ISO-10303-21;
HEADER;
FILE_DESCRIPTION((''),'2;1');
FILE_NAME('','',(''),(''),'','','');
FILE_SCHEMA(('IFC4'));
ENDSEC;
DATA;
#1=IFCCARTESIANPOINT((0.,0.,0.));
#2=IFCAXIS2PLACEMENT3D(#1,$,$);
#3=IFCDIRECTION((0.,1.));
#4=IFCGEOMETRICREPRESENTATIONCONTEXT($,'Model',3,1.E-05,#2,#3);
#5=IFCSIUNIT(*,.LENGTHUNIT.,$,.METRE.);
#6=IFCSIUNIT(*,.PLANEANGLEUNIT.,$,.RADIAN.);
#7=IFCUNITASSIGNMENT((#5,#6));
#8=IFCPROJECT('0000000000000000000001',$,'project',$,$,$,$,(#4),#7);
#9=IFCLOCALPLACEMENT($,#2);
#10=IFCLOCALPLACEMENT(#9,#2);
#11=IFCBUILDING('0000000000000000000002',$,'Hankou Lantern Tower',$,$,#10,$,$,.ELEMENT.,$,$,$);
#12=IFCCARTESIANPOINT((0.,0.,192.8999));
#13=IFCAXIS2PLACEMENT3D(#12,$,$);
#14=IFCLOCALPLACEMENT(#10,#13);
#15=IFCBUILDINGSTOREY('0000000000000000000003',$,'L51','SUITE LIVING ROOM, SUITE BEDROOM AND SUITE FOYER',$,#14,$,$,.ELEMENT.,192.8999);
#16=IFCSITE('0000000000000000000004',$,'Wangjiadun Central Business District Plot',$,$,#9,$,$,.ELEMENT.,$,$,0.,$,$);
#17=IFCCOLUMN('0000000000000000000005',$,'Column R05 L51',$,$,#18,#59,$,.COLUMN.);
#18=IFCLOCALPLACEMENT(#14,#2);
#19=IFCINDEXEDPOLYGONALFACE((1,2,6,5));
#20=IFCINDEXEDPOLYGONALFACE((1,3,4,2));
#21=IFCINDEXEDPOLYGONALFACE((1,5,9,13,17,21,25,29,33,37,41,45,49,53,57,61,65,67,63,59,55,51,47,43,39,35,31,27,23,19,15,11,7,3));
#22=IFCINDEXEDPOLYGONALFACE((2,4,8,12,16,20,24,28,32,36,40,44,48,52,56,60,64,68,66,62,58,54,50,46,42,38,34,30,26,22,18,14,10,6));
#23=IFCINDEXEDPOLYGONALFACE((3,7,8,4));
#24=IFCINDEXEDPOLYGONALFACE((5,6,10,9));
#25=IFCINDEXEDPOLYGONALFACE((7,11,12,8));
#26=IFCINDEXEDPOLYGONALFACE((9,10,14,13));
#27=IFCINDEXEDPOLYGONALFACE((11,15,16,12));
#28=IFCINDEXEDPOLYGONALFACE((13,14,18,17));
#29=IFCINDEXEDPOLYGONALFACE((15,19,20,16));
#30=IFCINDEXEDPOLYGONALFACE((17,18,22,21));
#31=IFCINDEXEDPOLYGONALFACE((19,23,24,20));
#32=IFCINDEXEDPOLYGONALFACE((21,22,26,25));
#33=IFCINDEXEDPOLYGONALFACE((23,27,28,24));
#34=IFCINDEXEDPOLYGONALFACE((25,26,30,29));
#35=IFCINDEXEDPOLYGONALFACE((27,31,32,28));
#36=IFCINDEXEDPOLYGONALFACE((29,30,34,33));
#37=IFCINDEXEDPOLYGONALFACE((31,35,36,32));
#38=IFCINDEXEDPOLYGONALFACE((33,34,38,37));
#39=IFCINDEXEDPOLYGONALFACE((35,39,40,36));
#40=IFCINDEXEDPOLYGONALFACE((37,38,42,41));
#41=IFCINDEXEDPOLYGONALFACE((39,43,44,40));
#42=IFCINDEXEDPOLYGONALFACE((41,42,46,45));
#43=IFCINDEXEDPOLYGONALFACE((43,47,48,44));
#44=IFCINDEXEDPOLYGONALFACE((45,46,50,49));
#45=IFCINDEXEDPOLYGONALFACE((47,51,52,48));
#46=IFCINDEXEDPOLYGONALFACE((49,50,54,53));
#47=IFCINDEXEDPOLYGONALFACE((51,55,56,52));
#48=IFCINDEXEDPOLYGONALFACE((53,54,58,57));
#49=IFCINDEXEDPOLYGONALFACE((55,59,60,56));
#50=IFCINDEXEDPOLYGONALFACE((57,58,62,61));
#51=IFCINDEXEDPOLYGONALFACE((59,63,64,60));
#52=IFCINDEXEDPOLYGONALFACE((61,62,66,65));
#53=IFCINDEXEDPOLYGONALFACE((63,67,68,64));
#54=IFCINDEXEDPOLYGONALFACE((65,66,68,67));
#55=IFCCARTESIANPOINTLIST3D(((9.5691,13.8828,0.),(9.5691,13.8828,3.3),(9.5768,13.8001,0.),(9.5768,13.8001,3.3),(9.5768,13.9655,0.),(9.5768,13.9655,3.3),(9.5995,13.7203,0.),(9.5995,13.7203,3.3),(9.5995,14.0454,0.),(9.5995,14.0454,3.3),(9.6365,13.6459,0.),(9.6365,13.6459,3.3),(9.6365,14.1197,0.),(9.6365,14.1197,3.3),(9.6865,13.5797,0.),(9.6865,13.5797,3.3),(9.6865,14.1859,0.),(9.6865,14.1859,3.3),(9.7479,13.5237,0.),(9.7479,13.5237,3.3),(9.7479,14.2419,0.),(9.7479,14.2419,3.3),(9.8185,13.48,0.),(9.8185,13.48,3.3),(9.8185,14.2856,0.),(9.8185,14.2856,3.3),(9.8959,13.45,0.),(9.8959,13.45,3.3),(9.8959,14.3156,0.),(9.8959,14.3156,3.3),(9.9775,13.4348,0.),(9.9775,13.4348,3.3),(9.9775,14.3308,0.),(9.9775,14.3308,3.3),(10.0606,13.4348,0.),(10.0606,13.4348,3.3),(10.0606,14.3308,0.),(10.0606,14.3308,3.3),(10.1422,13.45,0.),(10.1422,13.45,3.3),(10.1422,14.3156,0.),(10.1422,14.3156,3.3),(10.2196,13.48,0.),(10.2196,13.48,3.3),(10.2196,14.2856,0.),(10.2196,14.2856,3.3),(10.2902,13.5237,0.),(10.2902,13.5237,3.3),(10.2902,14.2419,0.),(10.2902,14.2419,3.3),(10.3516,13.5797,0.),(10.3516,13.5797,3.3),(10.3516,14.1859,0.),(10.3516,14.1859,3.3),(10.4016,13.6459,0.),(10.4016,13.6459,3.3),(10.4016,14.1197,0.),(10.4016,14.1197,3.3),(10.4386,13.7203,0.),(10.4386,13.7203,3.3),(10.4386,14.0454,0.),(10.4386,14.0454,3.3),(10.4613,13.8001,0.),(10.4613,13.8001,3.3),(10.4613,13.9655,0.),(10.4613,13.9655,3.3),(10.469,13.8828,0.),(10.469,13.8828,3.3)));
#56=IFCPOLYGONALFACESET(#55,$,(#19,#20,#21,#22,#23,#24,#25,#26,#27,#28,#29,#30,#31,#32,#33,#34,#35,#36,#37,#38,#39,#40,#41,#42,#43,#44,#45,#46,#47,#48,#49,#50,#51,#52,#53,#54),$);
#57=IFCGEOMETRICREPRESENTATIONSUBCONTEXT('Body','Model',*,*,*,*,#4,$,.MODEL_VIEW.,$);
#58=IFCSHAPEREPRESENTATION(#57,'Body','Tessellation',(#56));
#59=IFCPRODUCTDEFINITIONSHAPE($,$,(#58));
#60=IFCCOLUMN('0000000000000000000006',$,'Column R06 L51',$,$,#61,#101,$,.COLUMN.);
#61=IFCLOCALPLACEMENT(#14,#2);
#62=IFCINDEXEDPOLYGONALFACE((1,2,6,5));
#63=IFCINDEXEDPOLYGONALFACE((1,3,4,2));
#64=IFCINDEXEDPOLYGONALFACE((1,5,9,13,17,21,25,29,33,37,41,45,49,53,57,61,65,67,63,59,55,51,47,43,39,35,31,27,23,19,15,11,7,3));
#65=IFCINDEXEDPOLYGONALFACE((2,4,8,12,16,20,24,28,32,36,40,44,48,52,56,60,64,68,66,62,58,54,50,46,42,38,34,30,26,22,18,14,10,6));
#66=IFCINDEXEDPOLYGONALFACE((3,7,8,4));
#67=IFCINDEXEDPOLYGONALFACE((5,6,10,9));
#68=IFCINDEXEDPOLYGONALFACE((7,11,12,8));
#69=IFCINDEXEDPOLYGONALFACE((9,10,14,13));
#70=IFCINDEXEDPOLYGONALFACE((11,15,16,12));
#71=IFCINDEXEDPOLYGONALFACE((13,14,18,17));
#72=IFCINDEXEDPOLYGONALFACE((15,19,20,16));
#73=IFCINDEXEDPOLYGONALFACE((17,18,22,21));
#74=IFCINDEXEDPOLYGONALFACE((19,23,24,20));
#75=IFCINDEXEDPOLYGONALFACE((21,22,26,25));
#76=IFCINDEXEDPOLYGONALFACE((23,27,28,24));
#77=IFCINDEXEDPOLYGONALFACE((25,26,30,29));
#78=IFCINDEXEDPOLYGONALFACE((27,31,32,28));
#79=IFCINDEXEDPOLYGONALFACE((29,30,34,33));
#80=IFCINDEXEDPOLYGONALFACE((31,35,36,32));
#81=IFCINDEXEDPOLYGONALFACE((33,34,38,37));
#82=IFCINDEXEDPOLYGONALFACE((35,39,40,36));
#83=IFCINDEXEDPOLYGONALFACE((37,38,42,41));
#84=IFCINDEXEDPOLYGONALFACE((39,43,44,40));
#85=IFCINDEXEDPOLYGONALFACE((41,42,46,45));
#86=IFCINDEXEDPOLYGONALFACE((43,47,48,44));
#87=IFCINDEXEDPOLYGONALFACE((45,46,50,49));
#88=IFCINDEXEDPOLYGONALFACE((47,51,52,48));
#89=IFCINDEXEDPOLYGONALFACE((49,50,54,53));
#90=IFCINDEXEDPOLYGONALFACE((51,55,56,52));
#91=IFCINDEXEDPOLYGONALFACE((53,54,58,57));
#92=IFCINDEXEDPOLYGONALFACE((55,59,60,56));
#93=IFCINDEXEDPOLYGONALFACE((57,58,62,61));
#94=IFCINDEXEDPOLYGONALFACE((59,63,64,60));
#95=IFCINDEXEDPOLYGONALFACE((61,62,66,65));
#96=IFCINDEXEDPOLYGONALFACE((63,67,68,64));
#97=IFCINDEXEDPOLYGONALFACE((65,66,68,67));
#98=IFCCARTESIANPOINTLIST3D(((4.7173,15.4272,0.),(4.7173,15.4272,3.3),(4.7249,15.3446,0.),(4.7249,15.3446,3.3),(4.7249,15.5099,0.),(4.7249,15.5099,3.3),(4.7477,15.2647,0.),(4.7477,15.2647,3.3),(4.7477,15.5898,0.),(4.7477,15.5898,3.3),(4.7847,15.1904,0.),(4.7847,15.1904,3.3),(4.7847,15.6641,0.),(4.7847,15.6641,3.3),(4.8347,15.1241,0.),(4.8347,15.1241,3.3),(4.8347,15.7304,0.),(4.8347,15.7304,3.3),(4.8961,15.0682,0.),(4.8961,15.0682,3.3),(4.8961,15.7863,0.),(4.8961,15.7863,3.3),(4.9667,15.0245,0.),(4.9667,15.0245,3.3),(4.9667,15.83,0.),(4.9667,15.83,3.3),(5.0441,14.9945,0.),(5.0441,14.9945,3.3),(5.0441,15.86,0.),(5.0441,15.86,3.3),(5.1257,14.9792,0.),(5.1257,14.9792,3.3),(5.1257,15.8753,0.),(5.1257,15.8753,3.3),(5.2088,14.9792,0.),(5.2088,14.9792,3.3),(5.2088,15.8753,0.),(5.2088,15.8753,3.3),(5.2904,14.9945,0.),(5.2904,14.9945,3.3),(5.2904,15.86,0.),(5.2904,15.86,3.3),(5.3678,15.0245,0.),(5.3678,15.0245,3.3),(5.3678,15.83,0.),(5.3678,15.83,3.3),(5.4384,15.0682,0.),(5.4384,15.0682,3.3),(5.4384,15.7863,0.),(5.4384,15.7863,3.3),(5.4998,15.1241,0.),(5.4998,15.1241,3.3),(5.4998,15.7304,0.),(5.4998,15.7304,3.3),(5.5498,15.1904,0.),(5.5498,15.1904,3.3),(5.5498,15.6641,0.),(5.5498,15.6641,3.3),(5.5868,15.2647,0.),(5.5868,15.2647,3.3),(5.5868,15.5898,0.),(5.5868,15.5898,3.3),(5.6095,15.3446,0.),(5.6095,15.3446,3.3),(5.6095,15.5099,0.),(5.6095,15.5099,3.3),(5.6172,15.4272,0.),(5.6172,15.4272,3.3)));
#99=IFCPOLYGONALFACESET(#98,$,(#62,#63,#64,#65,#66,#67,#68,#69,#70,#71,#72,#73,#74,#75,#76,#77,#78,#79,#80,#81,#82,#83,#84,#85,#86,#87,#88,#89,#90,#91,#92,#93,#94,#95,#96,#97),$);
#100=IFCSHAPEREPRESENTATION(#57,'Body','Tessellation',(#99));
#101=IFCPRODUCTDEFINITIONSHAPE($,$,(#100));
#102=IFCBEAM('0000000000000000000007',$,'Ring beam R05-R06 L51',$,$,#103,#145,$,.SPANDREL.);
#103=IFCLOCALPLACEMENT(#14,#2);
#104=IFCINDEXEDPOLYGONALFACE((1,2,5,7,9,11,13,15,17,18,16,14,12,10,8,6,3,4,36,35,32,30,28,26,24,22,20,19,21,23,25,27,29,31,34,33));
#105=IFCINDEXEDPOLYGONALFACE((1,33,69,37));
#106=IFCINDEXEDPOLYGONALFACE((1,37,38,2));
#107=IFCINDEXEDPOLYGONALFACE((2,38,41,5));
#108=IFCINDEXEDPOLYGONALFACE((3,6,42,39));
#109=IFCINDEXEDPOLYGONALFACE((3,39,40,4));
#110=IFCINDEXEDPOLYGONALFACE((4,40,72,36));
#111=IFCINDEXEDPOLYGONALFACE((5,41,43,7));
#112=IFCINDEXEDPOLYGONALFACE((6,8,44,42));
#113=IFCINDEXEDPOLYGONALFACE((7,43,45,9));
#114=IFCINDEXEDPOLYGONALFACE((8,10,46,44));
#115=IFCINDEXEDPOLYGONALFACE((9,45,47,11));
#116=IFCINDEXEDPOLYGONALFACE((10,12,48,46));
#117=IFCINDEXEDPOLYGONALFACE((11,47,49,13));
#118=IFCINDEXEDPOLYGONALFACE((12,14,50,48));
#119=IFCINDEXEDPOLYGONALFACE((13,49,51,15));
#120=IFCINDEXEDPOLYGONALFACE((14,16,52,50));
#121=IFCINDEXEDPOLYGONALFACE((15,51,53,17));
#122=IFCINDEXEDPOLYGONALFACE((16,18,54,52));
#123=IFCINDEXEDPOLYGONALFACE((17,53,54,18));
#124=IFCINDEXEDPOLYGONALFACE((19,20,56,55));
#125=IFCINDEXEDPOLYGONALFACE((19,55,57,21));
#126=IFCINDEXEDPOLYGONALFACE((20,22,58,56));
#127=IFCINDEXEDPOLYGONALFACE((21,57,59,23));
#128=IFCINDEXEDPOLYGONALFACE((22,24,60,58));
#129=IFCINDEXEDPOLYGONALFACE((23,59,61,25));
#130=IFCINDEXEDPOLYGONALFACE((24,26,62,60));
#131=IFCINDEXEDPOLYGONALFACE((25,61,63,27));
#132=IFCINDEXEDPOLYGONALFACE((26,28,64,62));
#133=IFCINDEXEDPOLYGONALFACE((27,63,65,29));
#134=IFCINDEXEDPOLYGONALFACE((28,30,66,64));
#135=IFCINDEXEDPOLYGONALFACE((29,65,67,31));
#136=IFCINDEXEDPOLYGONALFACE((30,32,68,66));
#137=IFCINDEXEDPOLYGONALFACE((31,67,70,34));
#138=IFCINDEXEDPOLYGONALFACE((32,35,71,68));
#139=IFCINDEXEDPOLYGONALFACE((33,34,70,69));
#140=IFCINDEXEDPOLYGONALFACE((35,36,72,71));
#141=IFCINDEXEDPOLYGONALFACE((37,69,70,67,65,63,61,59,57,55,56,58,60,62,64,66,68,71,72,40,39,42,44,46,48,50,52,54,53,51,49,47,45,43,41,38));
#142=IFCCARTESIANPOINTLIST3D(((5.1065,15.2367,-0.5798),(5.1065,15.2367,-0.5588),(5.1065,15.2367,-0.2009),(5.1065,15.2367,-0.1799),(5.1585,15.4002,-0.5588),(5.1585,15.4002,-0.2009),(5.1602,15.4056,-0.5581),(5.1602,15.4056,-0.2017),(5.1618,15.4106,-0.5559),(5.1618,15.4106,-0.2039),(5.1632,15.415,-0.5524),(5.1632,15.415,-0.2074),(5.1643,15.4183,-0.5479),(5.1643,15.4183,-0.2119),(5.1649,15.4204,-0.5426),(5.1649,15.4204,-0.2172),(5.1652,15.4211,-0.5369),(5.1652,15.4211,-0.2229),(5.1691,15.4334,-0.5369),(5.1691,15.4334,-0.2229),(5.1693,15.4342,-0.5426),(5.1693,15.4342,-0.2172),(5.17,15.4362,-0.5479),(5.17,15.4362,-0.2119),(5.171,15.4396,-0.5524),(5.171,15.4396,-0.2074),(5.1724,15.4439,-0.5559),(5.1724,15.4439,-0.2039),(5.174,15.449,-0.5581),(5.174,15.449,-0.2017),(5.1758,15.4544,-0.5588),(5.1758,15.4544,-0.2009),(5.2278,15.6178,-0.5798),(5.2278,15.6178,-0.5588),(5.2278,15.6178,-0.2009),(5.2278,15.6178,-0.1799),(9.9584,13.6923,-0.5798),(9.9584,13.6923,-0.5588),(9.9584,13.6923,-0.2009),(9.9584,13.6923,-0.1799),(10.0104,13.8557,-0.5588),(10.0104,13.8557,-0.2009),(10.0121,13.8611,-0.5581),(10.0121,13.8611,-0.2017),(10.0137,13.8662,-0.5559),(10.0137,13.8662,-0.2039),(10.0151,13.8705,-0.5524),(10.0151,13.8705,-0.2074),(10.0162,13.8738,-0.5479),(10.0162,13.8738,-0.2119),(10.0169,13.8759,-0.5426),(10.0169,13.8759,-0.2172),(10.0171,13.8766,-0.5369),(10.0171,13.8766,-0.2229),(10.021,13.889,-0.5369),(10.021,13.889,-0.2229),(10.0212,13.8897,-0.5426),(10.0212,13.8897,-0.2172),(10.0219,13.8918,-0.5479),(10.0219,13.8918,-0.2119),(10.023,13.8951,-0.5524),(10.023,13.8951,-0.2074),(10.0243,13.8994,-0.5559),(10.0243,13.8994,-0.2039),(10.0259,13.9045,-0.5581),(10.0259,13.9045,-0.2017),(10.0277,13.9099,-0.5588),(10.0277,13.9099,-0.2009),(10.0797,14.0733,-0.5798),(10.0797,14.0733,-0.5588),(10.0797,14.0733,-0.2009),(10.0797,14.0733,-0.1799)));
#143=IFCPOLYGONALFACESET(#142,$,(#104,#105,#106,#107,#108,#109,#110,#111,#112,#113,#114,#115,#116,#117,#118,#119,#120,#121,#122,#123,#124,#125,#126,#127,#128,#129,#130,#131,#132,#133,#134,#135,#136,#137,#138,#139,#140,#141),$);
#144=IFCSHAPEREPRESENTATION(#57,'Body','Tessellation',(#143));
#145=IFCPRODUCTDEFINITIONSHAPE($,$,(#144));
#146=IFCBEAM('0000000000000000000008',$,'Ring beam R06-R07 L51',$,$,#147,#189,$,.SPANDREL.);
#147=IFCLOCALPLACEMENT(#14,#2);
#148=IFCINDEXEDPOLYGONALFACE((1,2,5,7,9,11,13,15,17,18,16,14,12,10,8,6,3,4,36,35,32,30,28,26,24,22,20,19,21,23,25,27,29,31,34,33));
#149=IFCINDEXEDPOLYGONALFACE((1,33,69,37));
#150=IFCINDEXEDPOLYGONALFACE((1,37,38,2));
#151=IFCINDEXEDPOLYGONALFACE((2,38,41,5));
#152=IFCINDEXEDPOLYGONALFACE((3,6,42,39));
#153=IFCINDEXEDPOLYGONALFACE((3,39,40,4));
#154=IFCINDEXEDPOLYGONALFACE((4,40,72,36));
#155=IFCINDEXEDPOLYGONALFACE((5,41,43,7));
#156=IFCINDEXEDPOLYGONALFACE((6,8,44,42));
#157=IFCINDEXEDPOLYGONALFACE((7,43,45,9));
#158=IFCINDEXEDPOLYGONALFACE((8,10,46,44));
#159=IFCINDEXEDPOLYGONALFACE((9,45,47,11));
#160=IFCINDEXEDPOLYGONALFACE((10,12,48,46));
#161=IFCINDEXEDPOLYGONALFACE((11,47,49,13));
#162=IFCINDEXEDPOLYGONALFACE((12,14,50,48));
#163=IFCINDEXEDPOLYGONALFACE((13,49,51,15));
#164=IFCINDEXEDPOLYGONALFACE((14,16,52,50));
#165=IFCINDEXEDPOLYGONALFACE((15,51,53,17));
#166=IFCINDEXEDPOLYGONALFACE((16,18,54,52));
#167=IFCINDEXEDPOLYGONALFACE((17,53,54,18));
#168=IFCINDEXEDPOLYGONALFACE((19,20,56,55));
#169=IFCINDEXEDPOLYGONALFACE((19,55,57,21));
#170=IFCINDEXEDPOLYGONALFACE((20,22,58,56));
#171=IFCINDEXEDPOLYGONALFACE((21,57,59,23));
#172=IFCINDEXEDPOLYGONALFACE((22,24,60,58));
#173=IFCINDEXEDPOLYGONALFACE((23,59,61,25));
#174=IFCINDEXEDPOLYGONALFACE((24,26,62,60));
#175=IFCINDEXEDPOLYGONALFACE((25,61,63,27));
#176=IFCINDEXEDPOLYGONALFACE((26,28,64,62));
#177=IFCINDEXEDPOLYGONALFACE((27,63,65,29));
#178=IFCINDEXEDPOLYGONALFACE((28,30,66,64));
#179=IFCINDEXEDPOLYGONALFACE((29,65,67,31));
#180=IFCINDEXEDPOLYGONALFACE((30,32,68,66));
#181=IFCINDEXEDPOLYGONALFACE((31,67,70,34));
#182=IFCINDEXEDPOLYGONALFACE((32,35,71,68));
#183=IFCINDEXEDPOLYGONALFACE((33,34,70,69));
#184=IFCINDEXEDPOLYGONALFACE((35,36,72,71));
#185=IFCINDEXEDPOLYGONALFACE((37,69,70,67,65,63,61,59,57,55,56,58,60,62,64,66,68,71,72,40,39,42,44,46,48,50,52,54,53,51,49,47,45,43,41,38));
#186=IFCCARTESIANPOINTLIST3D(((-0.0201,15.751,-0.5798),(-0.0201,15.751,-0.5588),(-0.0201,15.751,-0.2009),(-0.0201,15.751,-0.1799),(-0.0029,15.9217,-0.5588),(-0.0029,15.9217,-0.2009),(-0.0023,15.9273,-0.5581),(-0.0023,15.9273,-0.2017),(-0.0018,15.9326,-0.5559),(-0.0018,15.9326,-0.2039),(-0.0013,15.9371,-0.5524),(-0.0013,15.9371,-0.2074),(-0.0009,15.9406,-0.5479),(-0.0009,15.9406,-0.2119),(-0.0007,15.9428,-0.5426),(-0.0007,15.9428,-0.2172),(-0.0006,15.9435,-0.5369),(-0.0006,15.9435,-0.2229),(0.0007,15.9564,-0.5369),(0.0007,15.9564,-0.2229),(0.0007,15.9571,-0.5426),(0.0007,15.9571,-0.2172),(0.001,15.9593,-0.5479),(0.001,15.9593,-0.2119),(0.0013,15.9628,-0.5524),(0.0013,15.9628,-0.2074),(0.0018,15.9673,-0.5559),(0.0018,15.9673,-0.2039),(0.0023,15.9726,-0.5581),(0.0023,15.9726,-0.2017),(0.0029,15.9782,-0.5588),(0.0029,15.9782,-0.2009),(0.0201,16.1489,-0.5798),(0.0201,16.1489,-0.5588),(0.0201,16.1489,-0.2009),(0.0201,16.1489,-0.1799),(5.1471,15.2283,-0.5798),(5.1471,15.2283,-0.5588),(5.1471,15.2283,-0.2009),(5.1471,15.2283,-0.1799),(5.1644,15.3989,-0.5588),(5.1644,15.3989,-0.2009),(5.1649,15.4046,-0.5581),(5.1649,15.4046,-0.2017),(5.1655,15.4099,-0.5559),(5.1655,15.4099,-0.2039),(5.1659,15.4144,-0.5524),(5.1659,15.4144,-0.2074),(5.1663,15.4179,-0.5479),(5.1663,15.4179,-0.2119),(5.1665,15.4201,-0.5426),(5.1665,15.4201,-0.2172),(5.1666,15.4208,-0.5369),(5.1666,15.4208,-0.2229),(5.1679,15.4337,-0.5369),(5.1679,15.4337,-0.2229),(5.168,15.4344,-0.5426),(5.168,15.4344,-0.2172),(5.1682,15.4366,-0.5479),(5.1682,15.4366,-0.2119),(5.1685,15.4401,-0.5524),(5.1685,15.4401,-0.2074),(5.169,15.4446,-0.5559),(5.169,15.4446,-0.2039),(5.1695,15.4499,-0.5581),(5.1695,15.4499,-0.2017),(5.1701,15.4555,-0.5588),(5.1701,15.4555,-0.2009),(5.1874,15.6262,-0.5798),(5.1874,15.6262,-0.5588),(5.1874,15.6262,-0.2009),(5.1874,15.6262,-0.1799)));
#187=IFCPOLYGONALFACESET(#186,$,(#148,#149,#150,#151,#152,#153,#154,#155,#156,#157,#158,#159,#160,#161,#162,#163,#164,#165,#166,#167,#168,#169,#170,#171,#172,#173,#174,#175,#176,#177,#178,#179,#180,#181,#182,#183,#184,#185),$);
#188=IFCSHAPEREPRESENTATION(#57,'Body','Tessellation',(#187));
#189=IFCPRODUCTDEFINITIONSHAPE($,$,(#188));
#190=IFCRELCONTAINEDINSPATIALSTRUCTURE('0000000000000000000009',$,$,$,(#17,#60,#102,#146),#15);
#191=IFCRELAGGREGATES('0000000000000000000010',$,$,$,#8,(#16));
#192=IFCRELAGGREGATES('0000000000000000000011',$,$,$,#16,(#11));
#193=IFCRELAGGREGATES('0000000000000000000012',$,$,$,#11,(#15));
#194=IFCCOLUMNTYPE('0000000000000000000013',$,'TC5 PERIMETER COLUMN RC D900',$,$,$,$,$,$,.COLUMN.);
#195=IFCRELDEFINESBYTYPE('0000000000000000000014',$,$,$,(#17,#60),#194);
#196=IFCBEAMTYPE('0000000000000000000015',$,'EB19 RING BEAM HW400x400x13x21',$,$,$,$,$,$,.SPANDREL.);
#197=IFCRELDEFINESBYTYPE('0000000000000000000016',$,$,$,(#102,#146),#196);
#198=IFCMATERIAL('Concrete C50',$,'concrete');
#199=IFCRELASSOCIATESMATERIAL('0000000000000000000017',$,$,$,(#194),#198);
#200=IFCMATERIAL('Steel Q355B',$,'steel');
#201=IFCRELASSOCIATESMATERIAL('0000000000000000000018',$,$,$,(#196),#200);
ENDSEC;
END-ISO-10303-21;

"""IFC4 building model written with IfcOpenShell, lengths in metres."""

from ifc_helpers import new_model, si_unit, direction, frame, origin, origin_2d, place, context, subcontext, project, spatial, circle, i_section, extrude, material, material_profile, profile_set, type_object, element, save


model = new_model("IFC4")

# Units and contexts
model_context = context("Model", 3, precision=1e-05, world=origin(), true_north=direction((0.0, 1.0)))
body_context = subcontext(model_context, "Body", "Model", "MODEL_VIEW")
ifc_project = project(units=[si_unit("LENGTHUNIT", "METRE"), si_unit("PLANEANGLEUNIT", "RADIAN")], contexts=[model_context])

# Site, building, storey
site_placement = place(None, origin())
site = spatial("IfcSite", under=ifc_project, at=site_placement, Name="Wangjiadun Central Business District Plot", CompositionType="ELEMENT", RefElevation=0.0)
building_placement = place(site_placement, origin())
building = spatial("IfcBuilding", under=site, at=building_placement, Name="Hankou Lantern Tower", CompositionType="ELEMENT")
storey_placement = place(building_placement, frame((0.0, 0.0, 192.8999)))
storey = spatial("IfcBuildingStorey", under=building, at=storey_placement, Name="L51", Description="SUITE LIVING ROOM, SUITE BEDROOM AND SUITE FOYER", CompositionType="ELEMENT", Elevation=192.8999)

# Columns
ifc_material_1 = material(Name="Concrete C50", Category="concrete")
ifc_material_profile_1 = material_profile(ifc_material_1, circle(Radius=0.45, at=origin_2d()), Name="RC D900")
ifc_profile_set_1 = profile_set([ifc_material_profile_1], Name="Concrete C50")
column_type = type_object("IfcColumnType", Name="TC5 PERIMETER COLUMN RC D900", PredefinedType="COLUMN", material=ifc_profile_set_1)
for number, where, z_axis, x_axis, name in (
    (1, (10.019, 13.8828, 0.0), (0.0, 0.0, 1.0), (1.0, 0.0, 0.0), "Column R05 L51"),
    (2, (5.1672, 15.4272, 0.0), (0.0, 0.0, 1.0), (1.0, 0.0, 0.0), "Column R06 L51"),
):
    element("IfcColumn", number, at=place(storey_placement, frame(where, z_axis=z_axis, x_axis=x_axis)), inside=storey, type_object=column_type, Name=name, PredefinedType="COLUMN", context=body_context, shape_type="SweptSolid", body=[
        extrude(circle(Radius=0.45, at=origin_2d()), origin(), (0.0, 0.0, 1.0), 3.3),
    ])

# Beams
ifc_material_2 = material(Name="Steel Q355B", Category="steel")
ifc_material_profile_2 = material_profile(ifc_material_2, i_section(OverallWidth=0.3999, OverallDepth=0.3999, WebThickness=0.0129, FlangeThickness=0.021, FilletRadius=0.022, at=origin_2d()), Name="HW400x400x13x21")
ifc_profile_set_2 = profile_set([ifc_material_profile_2], Name="Steel Q355B")
beam_type_1 = type_object("IfcBeamType", Name="EB19 RING BEAM HW400x400x13x21", PredefinedType="SPANDREL", material=ifc_profile_set_2)
beam_1_placement = place(storey_placement, frame((10.019, 13.8828, -0.3799), z_axis=(-0.952887, 0.303324, 0.0), x_axis=(-0.303324, -0.952887, 0.0)))
element("IfcBeam", 3, at=beam_1_placement, inside=storey, type_object=beam_type_1, Name="Ring beam R05-R06 L51", PredefinedType="SPANDREL", context=body_context, shape_type="SweptSolid", body=[
    extrude(i_section(OverallWidth=0.3999, OverallDepth=0.3999, WebThickness=0.0129, FlangeThickness=0.021, FilletRadius=0.022, at=origin_2d()), origin(), (0.0, 0.0, 1.0), 5.0918),
])
beam_2_placement = place(storey_placement, frame((5.1672, 15.4272, -0.3799), z_axis=(-0.994923, 0.100644, 0.0), x_axis=(-0.100644, -0.994923, 0.0)))
element("IfcBeam", 4, at=beam_2_placement, inside=storey, type_object=beam_type_1, Name="Ring beam R06-R07 L51", PredefinedType="SPANDREL", context=body_context, shape_type="SweptSolid", body=[
    extrude(i_section(OverallWidth=0.3999, OverallDepth=0.3999, WebThickness=0.0129, FlangeThickness=0.021, FilletRadius=0.022, at=origin_2d()), origin(), (0.0, 0.0, 1.0), 5.1936),
])

save(model, "model.ifc")
